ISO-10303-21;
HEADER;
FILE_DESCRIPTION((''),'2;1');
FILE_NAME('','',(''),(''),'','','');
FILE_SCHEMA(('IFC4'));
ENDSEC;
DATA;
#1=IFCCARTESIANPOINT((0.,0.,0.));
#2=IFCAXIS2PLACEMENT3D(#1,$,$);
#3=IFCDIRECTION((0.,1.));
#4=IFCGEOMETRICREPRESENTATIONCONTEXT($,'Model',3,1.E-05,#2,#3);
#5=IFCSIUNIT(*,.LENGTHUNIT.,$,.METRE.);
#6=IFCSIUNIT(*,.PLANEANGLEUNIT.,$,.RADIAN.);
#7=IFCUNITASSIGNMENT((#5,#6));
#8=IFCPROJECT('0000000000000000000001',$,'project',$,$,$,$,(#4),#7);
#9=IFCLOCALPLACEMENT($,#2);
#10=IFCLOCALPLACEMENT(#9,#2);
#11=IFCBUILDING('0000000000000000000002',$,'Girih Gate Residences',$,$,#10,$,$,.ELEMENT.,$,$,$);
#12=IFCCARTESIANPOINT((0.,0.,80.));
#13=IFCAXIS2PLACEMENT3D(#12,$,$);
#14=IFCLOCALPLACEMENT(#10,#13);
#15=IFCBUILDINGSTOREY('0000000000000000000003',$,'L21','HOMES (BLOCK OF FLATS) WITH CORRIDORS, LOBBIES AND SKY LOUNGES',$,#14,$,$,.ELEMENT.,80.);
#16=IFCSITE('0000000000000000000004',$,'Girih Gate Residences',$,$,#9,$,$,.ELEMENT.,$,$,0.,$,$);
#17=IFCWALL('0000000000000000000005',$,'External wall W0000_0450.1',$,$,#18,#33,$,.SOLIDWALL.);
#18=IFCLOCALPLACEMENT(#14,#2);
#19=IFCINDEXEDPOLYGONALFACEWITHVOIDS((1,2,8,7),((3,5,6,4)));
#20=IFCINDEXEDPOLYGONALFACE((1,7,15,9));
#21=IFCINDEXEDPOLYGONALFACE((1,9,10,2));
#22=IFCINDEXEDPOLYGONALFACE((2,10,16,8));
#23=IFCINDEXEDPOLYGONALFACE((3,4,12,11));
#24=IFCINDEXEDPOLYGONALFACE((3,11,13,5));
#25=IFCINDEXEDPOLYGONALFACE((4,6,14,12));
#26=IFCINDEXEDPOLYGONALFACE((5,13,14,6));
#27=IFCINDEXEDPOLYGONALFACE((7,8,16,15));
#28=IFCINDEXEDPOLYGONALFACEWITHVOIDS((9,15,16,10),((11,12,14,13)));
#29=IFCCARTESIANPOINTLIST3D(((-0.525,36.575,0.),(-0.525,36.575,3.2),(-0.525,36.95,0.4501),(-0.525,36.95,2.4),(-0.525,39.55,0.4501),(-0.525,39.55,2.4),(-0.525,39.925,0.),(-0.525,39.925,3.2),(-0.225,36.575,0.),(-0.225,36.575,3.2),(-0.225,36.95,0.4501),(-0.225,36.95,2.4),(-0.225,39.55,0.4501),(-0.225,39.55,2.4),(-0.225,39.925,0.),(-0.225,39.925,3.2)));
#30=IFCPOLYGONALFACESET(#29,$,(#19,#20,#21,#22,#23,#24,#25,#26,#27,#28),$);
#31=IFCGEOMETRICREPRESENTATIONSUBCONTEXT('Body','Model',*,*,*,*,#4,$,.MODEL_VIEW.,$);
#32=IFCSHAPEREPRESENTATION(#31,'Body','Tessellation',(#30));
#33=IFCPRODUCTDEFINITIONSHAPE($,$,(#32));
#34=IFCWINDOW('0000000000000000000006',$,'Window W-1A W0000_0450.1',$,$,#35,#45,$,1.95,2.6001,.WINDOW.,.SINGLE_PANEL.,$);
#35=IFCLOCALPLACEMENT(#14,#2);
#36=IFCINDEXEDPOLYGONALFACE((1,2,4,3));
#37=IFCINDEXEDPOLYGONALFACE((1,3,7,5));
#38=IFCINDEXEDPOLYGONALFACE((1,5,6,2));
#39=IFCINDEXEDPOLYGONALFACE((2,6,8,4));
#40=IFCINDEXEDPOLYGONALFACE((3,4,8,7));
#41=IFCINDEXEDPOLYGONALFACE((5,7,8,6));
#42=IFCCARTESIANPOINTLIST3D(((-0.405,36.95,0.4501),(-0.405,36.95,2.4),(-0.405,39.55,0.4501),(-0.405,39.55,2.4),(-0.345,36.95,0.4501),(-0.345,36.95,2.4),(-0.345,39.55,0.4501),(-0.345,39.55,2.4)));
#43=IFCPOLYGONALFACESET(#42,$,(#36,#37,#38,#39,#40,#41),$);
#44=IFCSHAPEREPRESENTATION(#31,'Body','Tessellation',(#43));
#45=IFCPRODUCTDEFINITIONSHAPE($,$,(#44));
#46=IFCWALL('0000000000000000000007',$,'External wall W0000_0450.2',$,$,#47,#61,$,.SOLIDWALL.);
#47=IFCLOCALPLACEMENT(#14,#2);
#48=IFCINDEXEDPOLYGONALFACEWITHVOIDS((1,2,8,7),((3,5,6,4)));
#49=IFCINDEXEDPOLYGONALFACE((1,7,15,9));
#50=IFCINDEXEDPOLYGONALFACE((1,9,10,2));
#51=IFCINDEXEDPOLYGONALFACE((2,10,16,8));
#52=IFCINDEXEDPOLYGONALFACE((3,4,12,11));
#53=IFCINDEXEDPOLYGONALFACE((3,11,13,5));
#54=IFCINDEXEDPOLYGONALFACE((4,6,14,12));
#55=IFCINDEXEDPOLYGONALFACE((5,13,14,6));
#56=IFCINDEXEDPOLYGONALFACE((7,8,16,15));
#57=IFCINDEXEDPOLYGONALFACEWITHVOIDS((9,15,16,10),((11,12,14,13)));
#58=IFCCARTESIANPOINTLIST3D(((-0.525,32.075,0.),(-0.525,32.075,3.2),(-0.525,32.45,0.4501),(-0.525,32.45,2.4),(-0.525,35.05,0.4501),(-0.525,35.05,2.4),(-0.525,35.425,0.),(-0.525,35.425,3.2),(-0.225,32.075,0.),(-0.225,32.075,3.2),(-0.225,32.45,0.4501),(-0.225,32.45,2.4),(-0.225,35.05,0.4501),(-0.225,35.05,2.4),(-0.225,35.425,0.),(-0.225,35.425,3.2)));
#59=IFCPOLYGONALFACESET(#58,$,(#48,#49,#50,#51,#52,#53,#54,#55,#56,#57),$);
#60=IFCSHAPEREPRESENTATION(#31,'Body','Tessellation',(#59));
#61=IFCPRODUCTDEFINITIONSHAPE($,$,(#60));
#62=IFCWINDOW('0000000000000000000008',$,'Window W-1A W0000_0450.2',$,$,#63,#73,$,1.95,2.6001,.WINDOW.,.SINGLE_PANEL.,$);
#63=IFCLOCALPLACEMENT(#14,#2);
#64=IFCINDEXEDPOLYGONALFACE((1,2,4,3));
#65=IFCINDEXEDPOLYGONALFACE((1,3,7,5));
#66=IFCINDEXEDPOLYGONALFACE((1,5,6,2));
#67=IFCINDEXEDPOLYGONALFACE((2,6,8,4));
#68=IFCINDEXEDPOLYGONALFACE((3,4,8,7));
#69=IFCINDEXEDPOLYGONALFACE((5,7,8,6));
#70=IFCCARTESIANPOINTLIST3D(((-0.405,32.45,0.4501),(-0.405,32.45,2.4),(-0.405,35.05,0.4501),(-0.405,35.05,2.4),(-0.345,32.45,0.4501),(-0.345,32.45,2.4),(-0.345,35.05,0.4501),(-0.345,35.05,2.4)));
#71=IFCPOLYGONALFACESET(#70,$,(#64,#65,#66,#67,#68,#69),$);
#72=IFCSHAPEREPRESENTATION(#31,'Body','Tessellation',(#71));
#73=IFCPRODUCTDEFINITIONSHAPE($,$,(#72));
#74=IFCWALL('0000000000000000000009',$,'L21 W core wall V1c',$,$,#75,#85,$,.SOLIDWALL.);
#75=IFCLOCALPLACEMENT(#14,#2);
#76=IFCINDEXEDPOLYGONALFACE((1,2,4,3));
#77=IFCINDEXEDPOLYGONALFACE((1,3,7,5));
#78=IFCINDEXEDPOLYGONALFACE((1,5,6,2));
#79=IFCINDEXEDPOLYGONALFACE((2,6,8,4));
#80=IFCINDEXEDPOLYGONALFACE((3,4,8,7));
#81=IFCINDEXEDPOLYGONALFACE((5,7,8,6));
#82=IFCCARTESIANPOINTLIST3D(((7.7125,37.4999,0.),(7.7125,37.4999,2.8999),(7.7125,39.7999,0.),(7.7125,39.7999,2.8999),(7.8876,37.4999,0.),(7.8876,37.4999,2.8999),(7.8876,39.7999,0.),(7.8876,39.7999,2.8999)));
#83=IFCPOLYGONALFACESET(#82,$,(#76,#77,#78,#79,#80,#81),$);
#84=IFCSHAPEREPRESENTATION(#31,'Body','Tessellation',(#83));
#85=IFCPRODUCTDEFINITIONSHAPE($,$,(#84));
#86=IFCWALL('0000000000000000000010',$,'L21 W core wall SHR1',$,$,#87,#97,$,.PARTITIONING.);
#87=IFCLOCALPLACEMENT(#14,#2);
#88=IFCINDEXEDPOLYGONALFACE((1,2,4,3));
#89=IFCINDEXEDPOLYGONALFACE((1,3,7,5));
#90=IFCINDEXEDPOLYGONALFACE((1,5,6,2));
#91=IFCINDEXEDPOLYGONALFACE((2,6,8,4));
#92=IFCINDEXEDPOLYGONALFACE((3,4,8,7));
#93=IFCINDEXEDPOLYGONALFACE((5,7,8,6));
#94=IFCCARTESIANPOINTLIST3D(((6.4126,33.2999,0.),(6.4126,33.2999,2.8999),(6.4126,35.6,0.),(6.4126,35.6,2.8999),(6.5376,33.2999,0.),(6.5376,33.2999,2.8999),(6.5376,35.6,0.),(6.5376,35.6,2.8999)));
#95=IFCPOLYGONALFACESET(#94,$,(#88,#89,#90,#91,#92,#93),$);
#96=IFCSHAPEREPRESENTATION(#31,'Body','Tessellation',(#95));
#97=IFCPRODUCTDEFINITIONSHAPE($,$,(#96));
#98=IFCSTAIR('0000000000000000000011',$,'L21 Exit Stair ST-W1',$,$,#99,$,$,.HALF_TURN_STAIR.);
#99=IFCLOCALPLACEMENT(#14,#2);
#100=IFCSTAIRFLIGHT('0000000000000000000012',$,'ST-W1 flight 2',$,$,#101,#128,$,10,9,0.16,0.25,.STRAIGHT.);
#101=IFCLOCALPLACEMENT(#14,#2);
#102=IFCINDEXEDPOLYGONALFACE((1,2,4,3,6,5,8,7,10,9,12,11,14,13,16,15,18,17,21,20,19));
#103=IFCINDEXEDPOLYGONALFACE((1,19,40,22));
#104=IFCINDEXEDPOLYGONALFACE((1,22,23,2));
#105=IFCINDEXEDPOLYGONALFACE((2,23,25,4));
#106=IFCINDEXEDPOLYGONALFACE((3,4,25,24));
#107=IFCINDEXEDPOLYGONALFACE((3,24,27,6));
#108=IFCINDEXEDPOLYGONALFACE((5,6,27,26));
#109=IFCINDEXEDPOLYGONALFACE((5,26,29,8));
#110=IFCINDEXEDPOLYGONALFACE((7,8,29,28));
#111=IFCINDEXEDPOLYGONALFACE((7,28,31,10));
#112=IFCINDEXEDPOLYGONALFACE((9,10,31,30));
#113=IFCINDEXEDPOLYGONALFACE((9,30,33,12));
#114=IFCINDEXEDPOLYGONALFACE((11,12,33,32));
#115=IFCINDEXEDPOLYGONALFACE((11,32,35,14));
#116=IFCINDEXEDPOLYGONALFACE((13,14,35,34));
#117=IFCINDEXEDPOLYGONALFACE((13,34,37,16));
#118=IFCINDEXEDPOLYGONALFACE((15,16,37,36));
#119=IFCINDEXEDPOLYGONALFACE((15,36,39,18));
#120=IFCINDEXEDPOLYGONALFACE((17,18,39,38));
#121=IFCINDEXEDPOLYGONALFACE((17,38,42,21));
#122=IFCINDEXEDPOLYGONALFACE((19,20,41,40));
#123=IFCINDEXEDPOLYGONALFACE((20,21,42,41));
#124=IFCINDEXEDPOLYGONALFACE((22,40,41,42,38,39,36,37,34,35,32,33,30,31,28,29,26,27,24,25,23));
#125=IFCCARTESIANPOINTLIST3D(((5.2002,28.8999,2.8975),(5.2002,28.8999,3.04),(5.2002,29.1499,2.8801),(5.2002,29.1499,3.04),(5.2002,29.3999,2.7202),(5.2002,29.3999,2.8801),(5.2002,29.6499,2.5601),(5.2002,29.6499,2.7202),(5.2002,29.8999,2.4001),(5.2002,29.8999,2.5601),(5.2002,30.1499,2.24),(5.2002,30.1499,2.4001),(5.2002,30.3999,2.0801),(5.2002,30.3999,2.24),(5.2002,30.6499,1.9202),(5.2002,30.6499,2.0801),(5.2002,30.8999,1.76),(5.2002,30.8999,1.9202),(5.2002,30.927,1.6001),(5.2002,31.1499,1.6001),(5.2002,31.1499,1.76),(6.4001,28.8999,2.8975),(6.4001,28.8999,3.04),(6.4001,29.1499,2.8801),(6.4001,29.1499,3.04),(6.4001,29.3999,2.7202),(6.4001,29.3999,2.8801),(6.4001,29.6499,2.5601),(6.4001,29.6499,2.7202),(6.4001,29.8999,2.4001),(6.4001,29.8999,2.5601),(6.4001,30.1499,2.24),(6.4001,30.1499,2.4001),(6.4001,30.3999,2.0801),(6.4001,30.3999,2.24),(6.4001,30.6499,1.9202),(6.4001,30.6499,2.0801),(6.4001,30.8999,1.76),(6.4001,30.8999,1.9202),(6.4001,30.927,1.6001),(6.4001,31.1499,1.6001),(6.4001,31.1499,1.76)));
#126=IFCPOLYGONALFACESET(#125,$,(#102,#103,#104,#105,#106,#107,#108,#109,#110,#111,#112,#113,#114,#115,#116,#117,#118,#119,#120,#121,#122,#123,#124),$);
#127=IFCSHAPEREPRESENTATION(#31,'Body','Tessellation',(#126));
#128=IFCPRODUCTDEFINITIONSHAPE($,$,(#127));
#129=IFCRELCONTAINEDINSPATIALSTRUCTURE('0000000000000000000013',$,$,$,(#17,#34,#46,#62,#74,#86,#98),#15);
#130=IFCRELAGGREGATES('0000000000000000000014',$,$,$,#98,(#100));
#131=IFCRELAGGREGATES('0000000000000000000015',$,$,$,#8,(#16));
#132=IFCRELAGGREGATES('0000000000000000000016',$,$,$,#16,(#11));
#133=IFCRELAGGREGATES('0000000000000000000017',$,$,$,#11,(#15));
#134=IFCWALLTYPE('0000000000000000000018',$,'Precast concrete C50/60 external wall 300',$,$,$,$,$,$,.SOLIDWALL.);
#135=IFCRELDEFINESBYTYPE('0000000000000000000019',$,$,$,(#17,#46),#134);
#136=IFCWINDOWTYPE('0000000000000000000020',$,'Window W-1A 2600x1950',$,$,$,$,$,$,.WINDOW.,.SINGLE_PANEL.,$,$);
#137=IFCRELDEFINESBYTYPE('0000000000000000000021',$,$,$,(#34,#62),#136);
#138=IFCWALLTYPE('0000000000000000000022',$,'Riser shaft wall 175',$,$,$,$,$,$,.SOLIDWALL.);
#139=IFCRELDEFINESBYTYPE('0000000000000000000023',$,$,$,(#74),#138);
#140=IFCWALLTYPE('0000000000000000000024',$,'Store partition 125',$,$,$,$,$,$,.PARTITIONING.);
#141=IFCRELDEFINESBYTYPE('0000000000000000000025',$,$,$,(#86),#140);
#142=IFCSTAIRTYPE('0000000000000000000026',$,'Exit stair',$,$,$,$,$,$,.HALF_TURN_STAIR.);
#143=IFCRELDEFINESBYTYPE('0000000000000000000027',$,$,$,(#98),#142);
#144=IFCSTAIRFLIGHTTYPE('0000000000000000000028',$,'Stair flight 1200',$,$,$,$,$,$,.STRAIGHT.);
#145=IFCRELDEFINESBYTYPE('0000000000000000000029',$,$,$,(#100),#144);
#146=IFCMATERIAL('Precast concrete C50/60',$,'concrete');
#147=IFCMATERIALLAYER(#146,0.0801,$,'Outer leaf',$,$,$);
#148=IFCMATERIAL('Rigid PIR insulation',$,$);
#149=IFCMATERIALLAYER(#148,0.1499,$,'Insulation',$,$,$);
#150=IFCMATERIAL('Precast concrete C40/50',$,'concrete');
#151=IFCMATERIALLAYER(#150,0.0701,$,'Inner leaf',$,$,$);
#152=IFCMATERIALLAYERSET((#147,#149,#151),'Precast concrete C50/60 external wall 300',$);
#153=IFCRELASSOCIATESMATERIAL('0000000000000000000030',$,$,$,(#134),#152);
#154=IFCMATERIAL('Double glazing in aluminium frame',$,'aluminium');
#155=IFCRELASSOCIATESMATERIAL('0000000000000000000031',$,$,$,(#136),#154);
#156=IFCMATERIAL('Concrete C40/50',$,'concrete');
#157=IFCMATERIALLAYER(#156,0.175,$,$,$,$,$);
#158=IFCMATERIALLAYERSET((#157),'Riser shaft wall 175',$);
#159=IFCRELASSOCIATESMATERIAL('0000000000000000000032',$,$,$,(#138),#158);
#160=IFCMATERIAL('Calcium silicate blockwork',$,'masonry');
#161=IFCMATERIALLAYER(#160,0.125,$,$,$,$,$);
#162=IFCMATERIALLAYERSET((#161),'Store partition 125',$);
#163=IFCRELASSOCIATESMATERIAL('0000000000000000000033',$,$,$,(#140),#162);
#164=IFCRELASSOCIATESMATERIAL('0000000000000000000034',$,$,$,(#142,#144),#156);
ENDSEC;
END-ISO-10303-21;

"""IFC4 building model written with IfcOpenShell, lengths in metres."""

from ifc_helpers import new_model, si_unit, direction, frame, frame_2d, origin, place, context, subcontext, project, spatial, polyline, rectangle, outline, extrude, material, layer, layer_set, type_object, element, fill, aggregate, save


model = new_model("IFC4")

# Units and contexts
model_context = context("Model", 3, precision=1e-05, world=origin(), true_north=direction((0.0, 1.0)))
body_context = subcontext(model_context, "Body", "Model", "MODEL_VIEW")
ifc_project = project(units=[si_unit("LENGTHUNIT", "METRE"), si_unit("PLANEANGLEUNIT", "RADIAN")], contexts=[model_context])

# Site, building, storey
site_placement = place(None, origin())
site = spatial("IfcSite", under=ifc_project, at=site_placement, Name="Girih Gate Residences", CompositionType="ELEMENT", RefElevation=0.0)
building_placement = place(site_placement, origin())
building = spatial("IfcBuilding", under=site, at=building_placement, Name="Girih Gate Residences", CompositionType="ELEMENT")
storey_placement = place(building_placement, frame((0.0, 0.0, 80.0)))
storey = spatial("IfcBuildingStorey", under=building, at=storey_placement, Name="L21", Description="HOMES (BLOCK OF FLATS) WITH CORRIDORS, LOBBIES AND SKY LOUNGES", CompositionType="ELEMENT", Elevation=80.0)

# Shared definitions
ifc_material_1 = material(Name="Concrete C40/50", Category="concrete")

# Walls, openings, windows
ifc_material_2 = material(Name="Precast concrete C50/60", Category="concrete")
ifc_layer_1 = layer(ifc_material_2, 0.0801, Name="Outer leaf")
ifc_material_3 = material(Name="Rigid PIR insulation")
ifc_layer_2 = layer(ifc_material_3, 0.1499, Name="Insulation")
ifc_material_4 = material(Name="Precast concrete C40/50", Category="concrete")
ifc_layer_3 = layer(ifc_material_4, 0.0701, Name="Inner leaf")
ifc_layer_set_1 = layer_set([ifc_layer_1, ifc_layer_2, ifc_layer_3], Name="Precast concrete C50/60 external wall 300")
wall_type_1 = type_object("IfcWallType", Name="Precast concrete C50/60 external wall 300", PredefinedType="SOLIDWALL", material=ifc_layer_set_1)
wall_1_placement = place(storey_placement, frame((-0.375, 36.575, 0.0), z_axis=(0.0, 0.0, 1.0), x_axis=(0.0, 1.0, 0.0)))
wall_1 = element("IfcWall", 1, at=wall_1_placement, inside=storey, type_object=wall_type_1, Name="External wall W0000_0450.1", PredefinedType="SOLIDWALL", context=body_context, shape_type="SweptSolid", body=[
    extrude(rectangle(XDim=3.3501, YDim=0.3, at=frame_2d((1.675, 0.0))), origin(), (0.0, 0.0, 1.0), 3.2),
])
opening_1_placement = place(wall_1_placement, frame((0.375, 0.0, 0.45)))
opening_1 = element("IfcOpeningElement", 2, at=opening_1_placement, cuts=wall_1, PredefinedType="OPENING", context=body_context, shape_type="SweptSolid", body=[
    extrude(rectangle(XDim=2.6001, YDim=1.95, at=frame_2d((1.3, 0.9751))), frame((0.0, 0.1599, 0.0), z_axis=(0.0, -1.0, 0.0), x_axis=(1.0, 0.0, 0.0)), (0.0, 0.0, 1.0), 0.3201),
])
ifc_material_5 = material(Name="Double glazing in aluminium frame", Category="aluminium")
window_type = type_object("IfcWindowType", Name="Window W-1A 2600x1950", PartitioningType="SINGLE_PANEL", PredefinedType="WINDOW", material=ifc_material_5)
window_1_placement = place(opening_1_placement, origin())
window_1 = element("IfcWindow", 3, at=window_1_placement, inside=storey, type_object=window_type, Name="Window W-1A W0000_0450.1", OverallHeight=1.95, OverallWidth=2.6001, PartitioningType="SINGLE_PANEL", PredefinedType="WINDOW", context=body_context, shape_type="SweptSolid", body=[
    extrude(rectangle(XDim=2.6001, YDim=1.95, at=frame_2d((1.3, 0.9751))), frame((0.0, 0.03, 0.0), z_axis=(0.0, -1.0, 0.0), x_axis=(1.0, 0.0, 0.0)), (0.0, 0.0, 1.0), 0.0601),
])
fill(opening_1, window_1)
wall_2_placement = place(storey_placement, frame((-0.375, 32.075, 0.0), z_axis=(0.0, 0.0, 1.0), x_axis=(0.0, 1.0, 0.0)))
wall_2 = element("IfcWall", 4, at=wall_2_placement, inside=storey, type_object=wall_type_1, Name="External wall W0000_0450.2", PredefinedType="SOLIDWALL", context=body_context, shape_type="SweptSolid", body=[
    extrude(rectangle(XDim=3.3501, YDim=0.3, at=frame_2d((1.675, 0.0))), origin(), (0.0, 0.0, 1.0), 3.2),
])
opening_2_placement = place(wall_2_placement, frame((0.375, 0.0, 0.45)))
opening_2 = element("IfcOpeningElement", 5, at=opening_2_placement, cuts=wall_2, PredefinedType="OPENING", context=body_context, shape_type="SweptSolid", body=[
    extrude(rectangle(XDim=2.6001, YDim=1.95, at=frame_2d((1.3, 0.9751))), frame((0.0, 0.1599, 0.0), z_axis=(0.0, -1.0, 0.0), x_axis=(1.0, 0.0, 0.0)), (0.0, 0.0, 1.0), 0.3201),
])
window_2_placement = place(opening_2_placement, origin())
window_2 = element("IfcWindow", 6, at=window_2_placement, inside=storey, type_object=window_type, Name="Window W-1A W0000_0450.2", OverallHeight=1.95, OverallWidth=2.6001, PartitioningType="SINGLE_PANEL", PredefinedType="WINDOW", context=body_context, shape_type="SweptSolid", body=[
    extrude(rectangle(XDim=2.6001, YDim=1.95, at=frame_2d((1.3, 0.9751))), frame((0.0, 0.03, 0.0), z_axis=(0.0, -1.0, 0.0), x_axis=(1.0, 0.0, 0.0)), (0.0, 0.0, 1.0), 0.0601),
])
fill(opening_2, window_2)

# Walls
ifc_layer_4 = layer(ifc_material_1, 0.175)
ifc_layer_set_2 = layer_set([ifc_layer_4], Name="Riser shaft wall 175")
wall_type_2 = type_object("IfcWallType", Name="Riser shaft wall 175", PredefinedType="SOLIDWALL", material=ifc_layer_set_2)
wall_3_placement = place(storey_placement, frame((7.8, 37.5, 0.0), z_axis=(0.0, 0.0, 1.0), x_axis=(0.0, 1.0, 0.0)))
element("IfcWall", 7, at=wall_3_placement, inside=storey, type_object=wall_type_2, Name="L21 W core wall V1c", PredefinedType="SOLIDWALL", context=body_context, shape_type="SweptSolid", body=[
    extrude(rectangle(XDim=2.3, YDim=0.175, at=frame_2d((1.1499, 0.0))), origin(), (0.0, 0.0, 1.0), 2.8999),
])
ifc_material_6 = material(Name="Calcium silicate blockwork", Category="masonry")
ifc_layer_5 = layer(ifc_material_6, 0.125)
ifc_layer_set_3 = layer_set([ifc_layer_5], Name="Store partition 125")
wall_type_3 = type_object("IfcWallType", Name="Store partition 125", PredefinedType="PARTITIONING", material=ifc_layer_set_3)
wall_4_placement = place(storey_placement, frame((6.4751, 33.3, 0.0), z_axis=(0.0, 0.0, 1.0), x_axis=(0.0, 1.0, 0.0)))
element("IfcWall", 8, at=wall_4_placement, inside=storey, type_object=wall_type_3, Name="L21 W core wall SHR1", PredefinedType="PARTITIONING", context=body_context, shape_type="SweptSolid", body=[
    extrude(rectangle(XDim=2.3, YDim=0.125, at=frame_2d((1.1499, 0.0))), origin(), (0.0, 0.0, 1.0), 2.8999),
])

# Stair, stair flight
stair_type = type_object("IfcStairType", Name="Exit stair", PredefinedType="HALF_TURN_STAIR", material=ifc_material_1)
stair_placement = place(storey_placement, origin())
stair = element("IfcStair", 9, at=stair_placement, inside=storey, type_object=stair_type, Name="L21 Exit Stair ST-W1", PredefinedType="HALF_TURN_STAIR")
stair_flight_type = type_object("IfcStairFlightType", Name="Stair flight 1200", PredefinedType="STRAIGHT", material=ifc_material_1)
stair_flight_placement = place(storey_placement, frame((5.8, 31.1499, 1.6001), z_axis=(0.0, 0.0, 1.0), x_axis=(0.0, -1.0, 0.0)))
stair_flight = element("IfcStairFlight", 10, at=stair_flight_placement, type_object=stair_flight_type, Name="ST-W1 flight 2", NumberOfRisers=10, NumberOfTreads=9, PredefinedType="STRAIGHT", RiserHeight=0.16, TreadLength=0.25, context=body_context, shape_type="SweptSolid", body=[
    extrude(outline(polyline([(0.0, 0.0), (0.0, 0.1599), (0.25, 0.1599), (0.25, 0.3201), (0.5, 0.3201), (0.5, 0.48), (0.75, 0.48), (0.75, 0.6399), (1.0, 0.6399), (1.0, 0.8), (1.25, 0.8), (1.25, 0.96), (1.5, 0.96), (1.5, 1.1201), (1.75, 1.1201), (1.75, 1.28), (2.0, 1.28), (2.0, 1.4399), (2.25, 1.4399), (2.25, 1.6001), (2.25, 1.2974), (0.2229, 0.0), (0.0, 0.0)])), frame((0.0, 0.6001, 0.0), z_axis=(0.0, -1.0, 0.0), x_axis=(1.0, 0.0, 0.0)), (0.0, 0.0, 1.0), 1.2),
])
aggregate(stair, [stair_flight])

save(model, "model.ifc")
